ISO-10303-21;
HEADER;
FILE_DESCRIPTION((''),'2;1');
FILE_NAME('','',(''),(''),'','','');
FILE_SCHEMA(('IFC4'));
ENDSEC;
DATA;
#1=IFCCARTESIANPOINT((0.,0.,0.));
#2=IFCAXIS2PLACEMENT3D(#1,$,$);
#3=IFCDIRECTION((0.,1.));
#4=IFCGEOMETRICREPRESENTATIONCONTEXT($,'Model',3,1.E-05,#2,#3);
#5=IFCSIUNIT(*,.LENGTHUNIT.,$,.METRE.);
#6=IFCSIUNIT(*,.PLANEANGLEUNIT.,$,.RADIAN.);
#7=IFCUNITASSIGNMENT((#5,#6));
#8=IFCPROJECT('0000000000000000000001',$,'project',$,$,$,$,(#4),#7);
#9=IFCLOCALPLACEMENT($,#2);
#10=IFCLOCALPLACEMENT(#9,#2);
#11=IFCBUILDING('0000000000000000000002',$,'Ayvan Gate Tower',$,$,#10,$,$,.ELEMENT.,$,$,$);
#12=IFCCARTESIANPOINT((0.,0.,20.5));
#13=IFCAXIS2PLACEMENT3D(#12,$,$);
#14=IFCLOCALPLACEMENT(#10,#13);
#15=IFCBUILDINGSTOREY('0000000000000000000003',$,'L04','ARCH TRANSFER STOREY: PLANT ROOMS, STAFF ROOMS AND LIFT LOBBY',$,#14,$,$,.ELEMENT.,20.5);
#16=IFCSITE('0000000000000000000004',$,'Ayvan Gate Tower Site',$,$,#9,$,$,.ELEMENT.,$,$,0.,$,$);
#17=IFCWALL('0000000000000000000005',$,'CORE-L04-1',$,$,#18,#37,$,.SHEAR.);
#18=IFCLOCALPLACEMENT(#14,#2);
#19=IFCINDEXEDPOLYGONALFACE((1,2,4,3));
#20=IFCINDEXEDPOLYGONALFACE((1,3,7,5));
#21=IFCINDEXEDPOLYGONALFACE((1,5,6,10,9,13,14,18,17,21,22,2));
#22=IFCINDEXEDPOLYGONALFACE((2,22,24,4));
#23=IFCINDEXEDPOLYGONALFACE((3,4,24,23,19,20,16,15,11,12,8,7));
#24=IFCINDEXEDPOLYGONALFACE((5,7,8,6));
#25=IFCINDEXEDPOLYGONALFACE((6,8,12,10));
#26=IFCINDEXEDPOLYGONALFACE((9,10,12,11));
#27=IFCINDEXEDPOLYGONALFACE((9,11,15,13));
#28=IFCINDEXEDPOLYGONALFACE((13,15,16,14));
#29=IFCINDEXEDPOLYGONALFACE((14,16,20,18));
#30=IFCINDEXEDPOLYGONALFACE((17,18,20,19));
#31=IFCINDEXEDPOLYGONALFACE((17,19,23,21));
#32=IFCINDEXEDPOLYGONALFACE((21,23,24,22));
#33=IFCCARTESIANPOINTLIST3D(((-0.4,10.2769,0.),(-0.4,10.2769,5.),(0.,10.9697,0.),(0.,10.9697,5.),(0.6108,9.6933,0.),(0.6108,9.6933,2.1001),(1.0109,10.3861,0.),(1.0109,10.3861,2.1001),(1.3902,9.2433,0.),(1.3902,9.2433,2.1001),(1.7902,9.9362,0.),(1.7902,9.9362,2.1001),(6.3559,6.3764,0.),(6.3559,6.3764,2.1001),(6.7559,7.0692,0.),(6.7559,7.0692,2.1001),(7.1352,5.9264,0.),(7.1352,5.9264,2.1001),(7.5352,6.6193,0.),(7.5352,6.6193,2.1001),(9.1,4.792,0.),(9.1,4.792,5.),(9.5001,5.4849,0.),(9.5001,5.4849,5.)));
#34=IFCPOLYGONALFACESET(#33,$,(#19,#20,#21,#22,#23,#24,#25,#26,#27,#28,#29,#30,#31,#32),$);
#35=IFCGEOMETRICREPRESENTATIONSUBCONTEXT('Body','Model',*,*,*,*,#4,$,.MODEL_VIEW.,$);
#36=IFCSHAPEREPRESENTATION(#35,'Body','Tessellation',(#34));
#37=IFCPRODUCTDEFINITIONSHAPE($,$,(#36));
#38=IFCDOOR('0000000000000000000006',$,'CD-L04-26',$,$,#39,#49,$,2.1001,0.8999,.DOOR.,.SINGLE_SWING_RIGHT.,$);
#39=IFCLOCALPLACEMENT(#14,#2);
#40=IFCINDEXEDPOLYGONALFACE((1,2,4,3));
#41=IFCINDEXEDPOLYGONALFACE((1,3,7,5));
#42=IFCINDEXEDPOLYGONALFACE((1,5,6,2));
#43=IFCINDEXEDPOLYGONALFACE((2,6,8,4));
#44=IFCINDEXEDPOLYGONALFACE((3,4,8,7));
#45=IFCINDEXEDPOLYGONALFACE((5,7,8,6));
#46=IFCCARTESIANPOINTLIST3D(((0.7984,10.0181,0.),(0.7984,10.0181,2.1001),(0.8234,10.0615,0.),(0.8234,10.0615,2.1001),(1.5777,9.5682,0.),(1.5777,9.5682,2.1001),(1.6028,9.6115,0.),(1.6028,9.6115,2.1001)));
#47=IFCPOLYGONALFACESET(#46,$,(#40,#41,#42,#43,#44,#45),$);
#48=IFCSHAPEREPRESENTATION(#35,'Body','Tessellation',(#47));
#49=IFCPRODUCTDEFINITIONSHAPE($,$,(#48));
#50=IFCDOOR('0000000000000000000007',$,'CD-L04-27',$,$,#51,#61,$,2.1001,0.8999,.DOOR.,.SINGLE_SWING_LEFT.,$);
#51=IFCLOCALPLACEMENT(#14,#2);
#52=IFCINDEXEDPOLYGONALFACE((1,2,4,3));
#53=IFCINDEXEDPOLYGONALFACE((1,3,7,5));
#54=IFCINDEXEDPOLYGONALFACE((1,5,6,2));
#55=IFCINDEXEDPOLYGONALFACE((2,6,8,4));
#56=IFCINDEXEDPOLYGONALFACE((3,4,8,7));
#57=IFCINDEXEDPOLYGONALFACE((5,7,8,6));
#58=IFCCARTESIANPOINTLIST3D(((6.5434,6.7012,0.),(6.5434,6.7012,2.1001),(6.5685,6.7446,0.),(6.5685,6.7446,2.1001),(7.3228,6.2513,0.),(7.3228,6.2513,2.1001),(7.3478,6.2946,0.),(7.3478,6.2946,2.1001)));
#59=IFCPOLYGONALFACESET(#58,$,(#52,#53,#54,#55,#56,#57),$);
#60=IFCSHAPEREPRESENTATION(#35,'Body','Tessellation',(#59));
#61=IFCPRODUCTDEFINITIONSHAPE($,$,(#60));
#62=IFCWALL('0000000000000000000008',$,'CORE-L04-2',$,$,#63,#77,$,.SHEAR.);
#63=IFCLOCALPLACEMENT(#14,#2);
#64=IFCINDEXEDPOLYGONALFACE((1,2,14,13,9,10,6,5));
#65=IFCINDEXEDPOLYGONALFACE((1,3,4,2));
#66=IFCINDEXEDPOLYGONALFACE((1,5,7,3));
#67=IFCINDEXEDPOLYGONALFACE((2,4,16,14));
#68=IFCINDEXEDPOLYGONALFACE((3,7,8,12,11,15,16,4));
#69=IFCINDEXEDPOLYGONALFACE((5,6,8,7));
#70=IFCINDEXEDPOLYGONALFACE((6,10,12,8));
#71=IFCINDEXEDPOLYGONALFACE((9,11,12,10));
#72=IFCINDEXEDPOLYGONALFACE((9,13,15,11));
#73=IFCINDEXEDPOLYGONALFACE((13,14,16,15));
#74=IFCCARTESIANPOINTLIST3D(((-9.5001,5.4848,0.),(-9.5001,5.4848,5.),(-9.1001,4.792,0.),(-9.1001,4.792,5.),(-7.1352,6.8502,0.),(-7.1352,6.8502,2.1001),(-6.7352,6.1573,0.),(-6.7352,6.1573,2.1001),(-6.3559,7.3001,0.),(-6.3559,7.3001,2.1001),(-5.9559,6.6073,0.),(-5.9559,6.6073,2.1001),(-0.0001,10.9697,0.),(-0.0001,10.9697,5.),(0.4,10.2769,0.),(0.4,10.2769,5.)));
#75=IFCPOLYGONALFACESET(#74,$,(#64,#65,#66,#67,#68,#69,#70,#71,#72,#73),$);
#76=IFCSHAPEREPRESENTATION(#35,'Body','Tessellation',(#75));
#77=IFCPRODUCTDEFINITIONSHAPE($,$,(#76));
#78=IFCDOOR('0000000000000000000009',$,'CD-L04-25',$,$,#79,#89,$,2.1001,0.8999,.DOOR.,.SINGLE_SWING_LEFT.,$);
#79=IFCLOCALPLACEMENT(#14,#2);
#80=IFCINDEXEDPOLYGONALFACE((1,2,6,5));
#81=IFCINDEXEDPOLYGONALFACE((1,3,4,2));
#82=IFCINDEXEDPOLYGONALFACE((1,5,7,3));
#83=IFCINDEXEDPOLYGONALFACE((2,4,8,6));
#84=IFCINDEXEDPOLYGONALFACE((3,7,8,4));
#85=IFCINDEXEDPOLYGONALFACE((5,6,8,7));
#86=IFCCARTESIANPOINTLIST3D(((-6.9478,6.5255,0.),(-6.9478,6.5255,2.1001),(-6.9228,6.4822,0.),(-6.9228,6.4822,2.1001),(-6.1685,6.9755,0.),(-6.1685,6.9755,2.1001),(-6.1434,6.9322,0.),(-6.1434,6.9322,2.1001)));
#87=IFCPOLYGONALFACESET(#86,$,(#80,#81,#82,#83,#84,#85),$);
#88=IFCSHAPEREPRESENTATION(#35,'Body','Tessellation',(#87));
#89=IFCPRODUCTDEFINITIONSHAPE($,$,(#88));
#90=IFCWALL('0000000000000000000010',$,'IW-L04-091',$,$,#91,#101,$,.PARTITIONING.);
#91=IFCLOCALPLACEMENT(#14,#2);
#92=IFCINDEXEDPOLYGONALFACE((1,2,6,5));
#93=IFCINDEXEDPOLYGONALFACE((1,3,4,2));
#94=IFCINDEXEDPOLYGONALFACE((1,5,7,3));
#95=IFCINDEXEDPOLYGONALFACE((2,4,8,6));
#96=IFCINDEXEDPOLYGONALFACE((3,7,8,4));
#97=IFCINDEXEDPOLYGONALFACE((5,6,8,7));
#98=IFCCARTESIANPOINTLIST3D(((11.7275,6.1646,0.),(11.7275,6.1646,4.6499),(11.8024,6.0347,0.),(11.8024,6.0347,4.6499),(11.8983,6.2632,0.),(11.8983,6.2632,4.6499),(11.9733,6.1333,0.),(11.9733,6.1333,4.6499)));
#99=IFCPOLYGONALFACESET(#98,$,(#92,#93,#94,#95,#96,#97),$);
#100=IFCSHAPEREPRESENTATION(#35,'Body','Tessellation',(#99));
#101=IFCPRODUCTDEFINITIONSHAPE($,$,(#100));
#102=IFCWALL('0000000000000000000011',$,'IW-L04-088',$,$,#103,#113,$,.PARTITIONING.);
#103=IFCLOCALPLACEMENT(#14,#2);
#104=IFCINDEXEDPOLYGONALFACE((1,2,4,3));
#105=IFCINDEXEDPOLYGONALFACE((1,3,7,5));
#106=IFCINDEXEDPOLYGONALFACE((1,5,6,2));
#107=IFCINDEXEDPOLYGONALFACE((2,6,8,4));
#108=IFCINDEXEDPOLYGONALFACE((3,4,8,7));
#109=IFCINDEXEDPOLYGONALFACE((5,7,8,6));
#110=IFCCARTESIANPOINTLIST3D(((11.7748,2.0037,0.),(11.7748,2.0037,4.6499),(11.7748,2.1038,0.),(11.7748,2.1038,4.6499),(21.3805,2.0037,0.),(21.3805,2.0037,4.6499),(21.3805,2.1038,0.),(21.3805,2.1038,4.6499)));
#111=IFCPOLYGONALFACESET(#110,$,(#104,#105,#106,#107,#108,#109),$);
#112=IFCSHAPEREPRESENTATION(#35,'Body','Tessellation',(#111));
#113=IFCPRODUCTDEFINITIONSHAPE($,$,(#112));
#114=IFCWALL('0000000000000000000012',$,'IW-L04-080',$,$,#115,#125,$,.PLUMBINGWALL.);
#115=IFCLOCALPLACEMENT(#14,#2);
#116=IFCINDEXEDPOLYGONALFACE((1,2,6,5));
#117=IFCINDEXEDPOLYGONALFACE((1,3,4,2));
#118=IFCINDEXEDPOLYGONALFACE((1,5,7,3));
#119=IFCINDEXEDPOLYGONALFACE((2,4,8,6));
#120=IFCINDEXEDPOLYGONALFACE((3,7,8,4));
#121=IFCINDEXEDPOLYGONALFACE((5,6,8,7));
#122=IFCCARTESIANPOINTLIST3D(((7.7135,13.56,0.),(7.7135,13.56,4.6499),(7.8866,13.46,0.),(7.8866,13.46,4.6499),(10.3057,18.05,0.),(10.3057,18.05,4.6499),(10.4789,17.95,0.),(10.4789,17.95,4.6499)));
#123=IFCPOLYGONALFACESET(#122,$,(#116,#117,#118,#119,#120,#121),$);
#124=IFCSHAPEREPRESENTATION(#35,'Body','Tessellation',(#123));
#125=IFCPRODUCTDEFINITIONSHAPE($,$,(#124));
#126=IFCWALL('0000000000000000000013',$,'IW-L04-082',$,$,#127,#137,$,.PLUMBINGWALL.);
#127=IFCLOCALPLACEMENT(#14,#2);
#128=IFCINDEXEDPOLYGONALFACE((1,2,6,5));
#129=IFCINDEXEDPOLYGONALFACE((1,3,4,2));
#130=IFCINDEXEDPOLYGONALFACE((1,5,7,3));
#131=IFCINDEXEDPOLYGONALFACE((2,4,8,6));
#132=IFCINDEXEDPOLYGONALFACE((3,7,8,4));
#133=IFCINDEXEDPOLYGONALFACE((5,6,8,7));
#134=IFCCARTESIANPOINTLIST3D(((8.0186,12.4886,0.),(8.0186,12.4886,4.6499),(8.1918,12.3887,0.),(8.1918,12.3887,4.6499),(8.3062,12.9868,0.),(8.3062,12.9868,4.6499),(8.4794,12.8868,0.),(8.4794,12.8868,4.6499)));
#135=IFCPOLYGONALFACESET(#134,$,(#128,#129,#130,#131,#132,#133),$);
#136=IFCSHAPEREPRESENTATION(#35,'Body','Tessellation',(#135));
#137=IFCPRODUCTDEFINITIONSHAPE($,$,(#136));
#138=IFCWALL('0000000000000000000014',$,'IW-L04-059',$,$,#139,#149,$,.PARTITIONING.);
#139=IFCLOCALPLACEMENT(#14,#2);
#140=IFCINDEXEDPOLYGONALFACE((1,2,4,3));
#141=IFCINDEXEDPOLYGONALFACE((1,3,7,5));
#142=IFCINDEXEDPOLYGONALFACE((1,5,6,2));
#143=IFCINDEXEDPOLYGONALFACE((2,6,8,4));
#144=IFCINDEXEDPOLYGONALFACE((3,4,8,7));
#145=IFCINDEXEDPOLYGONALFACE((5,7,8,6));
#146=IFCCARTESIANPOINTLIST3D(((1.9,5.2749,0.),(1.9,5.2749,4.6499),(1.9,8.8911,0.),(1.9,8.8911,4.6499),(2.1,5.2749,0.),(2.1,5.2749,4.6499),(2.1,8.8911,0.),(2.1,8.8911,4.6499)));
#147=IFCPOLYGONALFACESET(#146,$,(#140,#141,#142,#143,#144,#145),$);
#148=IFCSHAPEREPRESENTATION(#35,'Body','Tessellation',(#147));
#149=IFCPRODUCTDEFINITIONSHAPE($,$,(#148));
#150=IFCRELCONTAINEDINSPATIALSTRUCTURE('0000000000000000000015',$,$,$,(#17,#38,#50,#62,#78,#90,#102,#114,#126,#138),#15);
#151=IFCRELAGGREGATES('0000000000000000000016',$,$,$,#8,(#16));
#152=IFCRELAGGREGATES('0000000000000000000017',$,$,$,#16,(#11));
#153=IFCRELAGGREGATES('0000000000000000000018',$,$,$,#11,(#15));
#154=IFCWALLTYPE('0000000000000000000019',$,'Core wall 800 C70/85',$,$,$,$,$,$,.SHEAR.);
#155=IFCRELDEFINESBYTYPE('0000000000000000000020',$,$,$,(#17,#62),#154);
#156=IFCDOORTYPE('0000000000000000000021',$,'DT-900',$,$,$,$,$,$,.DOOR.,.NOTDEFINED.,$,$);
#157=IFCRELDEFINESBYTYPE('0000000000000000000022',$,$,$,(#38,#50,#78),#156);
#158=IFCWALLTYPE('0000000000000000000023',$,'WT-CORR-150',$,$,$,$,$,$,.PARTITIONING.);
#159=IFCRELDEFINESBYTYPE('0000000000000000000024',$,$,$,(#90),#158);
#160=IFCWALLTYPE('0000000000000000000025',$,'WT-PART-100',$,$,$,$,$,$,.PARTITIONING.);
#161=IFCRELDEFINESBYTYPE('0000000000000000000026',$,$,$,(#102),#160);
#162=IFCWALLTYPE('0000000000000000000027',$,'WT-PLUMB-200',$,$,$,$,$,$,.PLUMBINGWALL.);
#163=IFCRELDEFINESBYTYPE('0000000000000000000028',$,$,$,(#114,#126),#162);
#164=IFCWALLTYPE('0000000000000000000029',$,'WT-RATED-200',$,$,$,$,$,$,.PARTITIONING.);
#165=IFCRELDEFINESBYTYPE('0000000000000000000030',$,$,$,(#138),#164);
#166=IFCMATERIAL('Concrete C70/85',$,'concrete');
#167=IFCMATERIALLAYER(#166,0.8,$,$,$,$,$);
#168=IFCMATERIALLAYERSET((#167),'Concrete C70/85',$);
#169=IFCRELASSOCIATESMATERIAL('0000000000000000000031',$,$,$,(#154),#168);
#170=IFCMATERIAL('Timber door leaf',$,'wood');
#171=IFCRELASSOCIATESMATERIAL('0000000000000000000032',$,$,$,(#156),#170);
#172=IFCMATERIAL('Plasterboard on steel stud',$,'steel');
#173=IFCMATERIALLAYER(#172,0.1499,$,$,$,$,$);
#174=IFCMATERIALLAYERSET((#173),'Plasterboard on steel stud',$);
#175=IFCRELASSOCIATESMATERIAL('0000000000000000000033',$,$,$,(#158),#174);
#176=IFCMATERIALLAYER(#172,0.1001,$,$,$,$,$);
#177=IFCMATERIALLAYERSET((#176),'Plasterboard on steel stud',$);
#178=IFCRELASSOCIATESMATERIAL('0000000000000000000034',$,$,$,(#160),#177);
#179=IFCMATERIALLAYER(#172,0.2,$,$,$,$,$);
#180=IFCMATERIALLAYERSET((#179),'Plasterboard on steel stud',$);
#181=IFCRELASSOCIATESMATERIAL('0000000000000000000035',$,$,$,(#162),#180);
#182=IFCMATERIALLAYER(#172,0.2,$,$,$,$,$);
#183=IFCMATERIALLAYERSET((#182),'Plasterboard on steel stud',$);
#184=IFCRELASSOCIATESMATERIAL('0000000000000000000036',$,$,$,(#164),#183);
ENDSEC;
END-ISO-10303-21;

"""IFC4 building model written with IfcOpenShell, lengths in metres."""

from ifc_helpers import new_model, si_unit, direction, frame, frame_2d, origin, place, context, subcontext, project, spatial, rectangle, extrude, material, layer, layer_set, type_object, element, fill, save


model = new_model("IFC4")

# Units and contexts
model_context = context("Model", 3, precision=1e-05, world=origin(), true_north=direction((0.0, 1.0)))
body_context = subcontext(model_context, "Body", "Model", "MODEL_VIEW")
ifc_project = project(units=[si_unit("LENGTHUNIT", "METRE"), si_unit("PLANEANGLEUNIT", "RADIAN")], contexts=[model_context])

# Site, building, storey
site_placement = place(None, origin())
site = spatial("IfcSite", under=ifc_project, at=site_placement, Name="Ayvan Gate Tower Site", CompositionType="ELEMENT", RefElevation=0.0)
building_placement = place(site_placement, origin())
building = spatial("IfcBuilding", under=site, at=building_placement, Name="Ayvan Gate Tower", CompositionType="ELEMENT")
storey_placement = place(building_placement, frame((0.0, 0.0, 20.5)))
storey = spatial("IfcBuildingStorey", under=building, at=storey_placement, Name="L04", Description="ARCH TRANSFER STOREY: PLANT ROOMS, STAFF ROOMS AND LIFT LOBBY", CompositionType="ELEMENT", Elevation=20.5)

# Wall, openings, doors
ifc_material_1 = material(Name="Concrete C70/85", Category="concrete")
ifc_layer_1 = layer(ifc_material_1, 0.8)
ifc_layer_set_1 = layer_set([ifc_layer_1], Name="Concrete C70/85")
wall_type_1 = type_object("IfcWallType", Name="Core wall 800 C70/85", PredefinedType="SHEAR", material=ifc_layer_set_1)
wall_1_placement = place(storey_placement, frame((9.3, 5.1384, 0.0), z_axis=(0.0, 0.0, 1.0), x_axis=(-0.866024, 0.500002, 0.0)))
wall_1 = element("IfcWall", 1, at=wall_1_placement, inside=storey, type_object=wall_type_1, Name="CORE-L04-1", PredefinedType="SHEAR", context=body_context, shape_type="SweptSolid", body=[
    extrude(rectangle(XDim=10.9697, YDim=0.8, at=frame_2d((5.4849, 0.0))), origin(), (0.0, 0.0, 1.0), 5.0),
])
opening_1_placement = place(wall_1_placement, frame((8.9026, 0.0, 0.0)))
opening_1 = element("IfcOpeningElement", 2, at=opening_1_placement, cuts=wall_1, PredefinedType="OPENING", context=body_context, shape_type="SweptSolid", body=[
    extrude(rectangle(XDim=0.8999, YDim=2.1001, at=frame_2d((0.45, 1.05))), frame((0.0, 0.4099, 0.0), z_axis=(0.0, -1.0, 0.0), x_axis=(1.0, 0.0, 0.0)), (0.0, 0.0, 1.0), 0.8201),
])
opening_2_placement = place(wall_1_placement, frame((2.2688, 0.0, 0.0)))
opening_2 = element("IfcOpeningElement", 3, at=opening_2_placement, cuts=wall_1, PredefinedType="OPENING", context=body_context, shape_type="SweptSolid", body=[
    extrude(rectangle(XDim=0.8999, YDim=2.1001, at=frame_2d((0.45, 1.05))), frame((0.0, 0.4099, 0.0), z_axis=(0.0, -1.0, 0.0), x_axis=(1.0, 0.0, 0.0)), (0.0, 0.0, 1.0), 0.8201),
])
ifc_material_2 = material(Name="Timber door leaf", Category="wood")
door_type_1 = type_object("IfcDoorType", Name="DT-900", OperationType="NOTDEFINED", PredefinedType="DOOR", material=ifc_material_2)
door_1_placement = place(opening_1_placement, origin())
door_1 = element("IfcDoor", 4, at=door_1_placement, inside=storey, type_object=door_type_1, Name="CD-L04-26", OperationType="SINGLE_SWING_RIGHT", OverallHeight=2.1001, OverallWidth=0.8999, PredefinedType="DOOR", context=body_context, shape_type="SweptSolid", body=[
    extrude(rectangle(XDim=0.8999, YDim=2.1001, at=frame_2d((0.45, 1.05))), frame((0.0, 0.0249, 0.0), z_axis=(0.0, -1.0, 0.0), x_axis=(1.0, 0.0, 0.0)), (0.0, 0.0, 1.0), 0.05),
])
fill(opening_1, door_1)
door_2_placement = place(opening_2_placement, origin())
door_2 = element("IfcDoor", 5, at=door_2_placement, inside=storey, type_object=door_type_1, Name="CD-L04-27", OperationType="SINGLE_SWING_LEFT", OverallHeight=2.1001, OverallWidth=0.8999, PredefinedType="DOOR", context=body_context, shape_type="SweptSolid", body=[
    extrude(rectangle(XDim=0.8999, YDim=2.1001, at=frame_2d((0.45, 1.05))), frame((0.0, 0.0249, 0.0), z_axis=(0.0, -1.0, 0.0), x_axis=(1.0, 0.0, 0.0)), (0.0, 0.0, 1.0), 0.05),
])
fill(opening_2, door_2)

# Wall, opening, door
wall_2_placement = place(storey_placement, frame((0.2, 10.6233, 0.0), z_axis=(0.0, 0.0, 1.0), x_axis=(-0.866024, -0.500002, 0.0)))
wall_2 = element("IfcWall", 6, at=wall_2_placement, inside=storey, type_object=wall_type_1, Name="CORE-L04-2", PredefinedType="SHEAR", context=body_context, shape_type="SweptSolid", body=[
    extrude(rectangle(XDim=10.9697, YDim=0.8, at=frame_2d((5.4849, 0.0))), origin(), (0.0, 0.0, 1.0), 5.0),
])
opening_3_placement = place(wall_2_placement, frame((7.3391, 0.0, 0.0)))
opening_3 = element("IfcOpeningElement", 7, at=opening_3_placement, cuts=wall_2, PredefinedType="OPENING", context=body_context, shape_type="SweptSolid", body=[
    extrude(rectangle(XDim=0.8999, YDim=2.1001, at=frame_2d((0.45, 1.05))), frame((0.0, 0.4099, 0.0), z_axis=(0.0, -1.0, 0.0), x_axis=(1.0, 0.0, 0.0)), (0.0, 0.0, 1.0), 0.8201),
])
door_3_placement = place(opening_3_placement, origin())
door_3 = element("IfcDoor", 8, at=door_3_placement, inside=storey, type_object=door_type_1, Name="CD-L04-25", OperationType="SINGLE_SWING_LEFT", OverallHeight=2.1001, OverallWidth=0.8999, PredefinedType="DOOR", context=body_context, shape_type="SweptSolid", body=[
    extrude(rectangle(XDim=0.8999, YDim=2.1001, at=frame_2d((0.45, 1.05))), frame((0.0, 0.0249, 0.0), z_axis=(0.0, -1.0, 0.0), x_axis=(1.0, 0.0, 0.0)), (0.0, 0.0, 1.0), 0.05),
])
fill(opening_3, door_3)

# Walls
ifc_material_3 = material(Name="Plasterboard on steel stud", Category="steel")
ifc_layer_2 = layer(ifc_material_3, 0.1499)
ifc_layer_set_2 = layer_set([ifc_layer_2], Name="Plasterboard on steel stud")
wall_type_2 = type_object("IfcWallType", Name="WT-CORR-150", PredefinedType="PARTITIONING", material=ifc_layer_set_2)
wall_3_placement = place(storey_placement, frame((11.9358, 6.1982, 0.0), z_axis=(0.0, 0.0, 1.0), x_axis=(-0.866103, -0.499865, 0.0)))
element("IfcWall", 9, at=wall_3_placement, inside=storey, type_object=wall_type_2, Name="IW-L04-091", PredefinedType="PARTITIONING", context=body_context, shape_type="SweptSolid", body=[
    extrude(rectangle(XDim=0.1973, YDim=0.1499, at=frame_2d((0.0986, 0.0))), origin(), (0.0, 0.0, 1.0), 4.6499),
])
ifc_layer_3 = layer(ifc_material_3, 0.1001)
ifc_layer_set_3 = layer_set([ifc_layer_3], Name="Plasterboard on steel stud")
wall_type_3 = type_object("IfcWallType", Name="WT-PART-100", PredefinedType="PARTITIONING", material=ifc_layer_set_3)
wall_4_placement = place(storey_placement, frame((11.7749, 2.0537, 0.0), z_axis=(0.0, 0.0, 1.0), x_axis=(1.0, 0.0, 0.0)))
element("IfcWall", 10, at=wall_4_placement, inside=storey, type_object=wall_type_3, Name="IW-L04-088", PredefinedType="PARTITIONING", context=body_context, shape_type="SweptSolid", body=[
    extrude(rectangle(XDim=9.6057, YDim=0.1001, at=frame_2d((4.8027, 0.0))), origin(), (0.0, 0.0, 1.0), 4.6499),
])
ifc_layer_4 = layer(ifc_material_3, 0.2)
ifc_layer_set_4 = layer_set([ifc_layer_4], Name="Plasterboard on steel stud")
wall_type_4 = type_object("IfcWallType", Name="WT-PLUMB-200", PredefinedType="PLUMBINGWALL", material=ifc_layer_set_4)
wall_5_placement = place(storey_placement, frame((7.8, 13.51, 0.0), z_axis=(0.0, 0.0, 1.0), x_axis=(0.499998, 0.866026, 0.0)))
element("IfcWall", 11, at=wall_5_placement, inside=storey, type_object=wall_type_4, Name="IW-L04-080", PredefinedType="PLUMBINGWALL", context=body_context, shape_type="SweptSolid", body=[
    extrude(rectangle(XDim=5.1846, YDim=0.2, at=frame_2d((2.5923, 0.0))), origin(), (0.0, 0.0, 1.0), 4.6499),
])
wall_6_placement = place(storey_placement, frame((8.3928, 12.9368, 0.0), z_axis=(0.0, 0.0, 1.0), x_axis=(-0.500065, -0.865988, 0.0)))
element("IfcWall", 12, at=wall_6_placement, inside=storey, type_object=wall_type_4, Name="IW-L04-082", PredefinedType="PLUMBINGWALL", context=body_context, shape_type="SweptSolid", body=[
    extrude(rectangle(XDim=0.5752, YDim=0.2, at=frame_2d((0.2876, 0.0))), origin(), (0.0, 0.0, 1.0), 4.6499),
])
ifc_layer_5 = layer(ifc_material_3, 0.2)
ifc_layer_set_5 = layer_set([ifc_layer_5], Name="Plasterboard on steel stud")
wall_type_5 = type_object("IfcWallType", Name="WT-RATED-200", PredefinedType="PARTITIONING", material=ifc_layer_set_5)
wall_7_placement = place(storey_placement, frame((2.0, 8.8911, 0.0), z_axis=(0.0, 0.0, 1.0), x_axis=(0.0, -1.0, 0.0)))
element("IfcWall", 13, at=wall_7_placement, inside=storey, type_object=wall_type_5, Name="IW-L04-059", PredefinedType="PARTITIONING", context=body_context, shape_type="SweptSolid", body=[
    extrude(rectangle(XDim=3.6162, YDim=0.2, at=frame_2d((1.8081, 0.0))), origin(), (0.0, 0.0, 1.0), 4.6499),
])

save(model, "model.ifc")
